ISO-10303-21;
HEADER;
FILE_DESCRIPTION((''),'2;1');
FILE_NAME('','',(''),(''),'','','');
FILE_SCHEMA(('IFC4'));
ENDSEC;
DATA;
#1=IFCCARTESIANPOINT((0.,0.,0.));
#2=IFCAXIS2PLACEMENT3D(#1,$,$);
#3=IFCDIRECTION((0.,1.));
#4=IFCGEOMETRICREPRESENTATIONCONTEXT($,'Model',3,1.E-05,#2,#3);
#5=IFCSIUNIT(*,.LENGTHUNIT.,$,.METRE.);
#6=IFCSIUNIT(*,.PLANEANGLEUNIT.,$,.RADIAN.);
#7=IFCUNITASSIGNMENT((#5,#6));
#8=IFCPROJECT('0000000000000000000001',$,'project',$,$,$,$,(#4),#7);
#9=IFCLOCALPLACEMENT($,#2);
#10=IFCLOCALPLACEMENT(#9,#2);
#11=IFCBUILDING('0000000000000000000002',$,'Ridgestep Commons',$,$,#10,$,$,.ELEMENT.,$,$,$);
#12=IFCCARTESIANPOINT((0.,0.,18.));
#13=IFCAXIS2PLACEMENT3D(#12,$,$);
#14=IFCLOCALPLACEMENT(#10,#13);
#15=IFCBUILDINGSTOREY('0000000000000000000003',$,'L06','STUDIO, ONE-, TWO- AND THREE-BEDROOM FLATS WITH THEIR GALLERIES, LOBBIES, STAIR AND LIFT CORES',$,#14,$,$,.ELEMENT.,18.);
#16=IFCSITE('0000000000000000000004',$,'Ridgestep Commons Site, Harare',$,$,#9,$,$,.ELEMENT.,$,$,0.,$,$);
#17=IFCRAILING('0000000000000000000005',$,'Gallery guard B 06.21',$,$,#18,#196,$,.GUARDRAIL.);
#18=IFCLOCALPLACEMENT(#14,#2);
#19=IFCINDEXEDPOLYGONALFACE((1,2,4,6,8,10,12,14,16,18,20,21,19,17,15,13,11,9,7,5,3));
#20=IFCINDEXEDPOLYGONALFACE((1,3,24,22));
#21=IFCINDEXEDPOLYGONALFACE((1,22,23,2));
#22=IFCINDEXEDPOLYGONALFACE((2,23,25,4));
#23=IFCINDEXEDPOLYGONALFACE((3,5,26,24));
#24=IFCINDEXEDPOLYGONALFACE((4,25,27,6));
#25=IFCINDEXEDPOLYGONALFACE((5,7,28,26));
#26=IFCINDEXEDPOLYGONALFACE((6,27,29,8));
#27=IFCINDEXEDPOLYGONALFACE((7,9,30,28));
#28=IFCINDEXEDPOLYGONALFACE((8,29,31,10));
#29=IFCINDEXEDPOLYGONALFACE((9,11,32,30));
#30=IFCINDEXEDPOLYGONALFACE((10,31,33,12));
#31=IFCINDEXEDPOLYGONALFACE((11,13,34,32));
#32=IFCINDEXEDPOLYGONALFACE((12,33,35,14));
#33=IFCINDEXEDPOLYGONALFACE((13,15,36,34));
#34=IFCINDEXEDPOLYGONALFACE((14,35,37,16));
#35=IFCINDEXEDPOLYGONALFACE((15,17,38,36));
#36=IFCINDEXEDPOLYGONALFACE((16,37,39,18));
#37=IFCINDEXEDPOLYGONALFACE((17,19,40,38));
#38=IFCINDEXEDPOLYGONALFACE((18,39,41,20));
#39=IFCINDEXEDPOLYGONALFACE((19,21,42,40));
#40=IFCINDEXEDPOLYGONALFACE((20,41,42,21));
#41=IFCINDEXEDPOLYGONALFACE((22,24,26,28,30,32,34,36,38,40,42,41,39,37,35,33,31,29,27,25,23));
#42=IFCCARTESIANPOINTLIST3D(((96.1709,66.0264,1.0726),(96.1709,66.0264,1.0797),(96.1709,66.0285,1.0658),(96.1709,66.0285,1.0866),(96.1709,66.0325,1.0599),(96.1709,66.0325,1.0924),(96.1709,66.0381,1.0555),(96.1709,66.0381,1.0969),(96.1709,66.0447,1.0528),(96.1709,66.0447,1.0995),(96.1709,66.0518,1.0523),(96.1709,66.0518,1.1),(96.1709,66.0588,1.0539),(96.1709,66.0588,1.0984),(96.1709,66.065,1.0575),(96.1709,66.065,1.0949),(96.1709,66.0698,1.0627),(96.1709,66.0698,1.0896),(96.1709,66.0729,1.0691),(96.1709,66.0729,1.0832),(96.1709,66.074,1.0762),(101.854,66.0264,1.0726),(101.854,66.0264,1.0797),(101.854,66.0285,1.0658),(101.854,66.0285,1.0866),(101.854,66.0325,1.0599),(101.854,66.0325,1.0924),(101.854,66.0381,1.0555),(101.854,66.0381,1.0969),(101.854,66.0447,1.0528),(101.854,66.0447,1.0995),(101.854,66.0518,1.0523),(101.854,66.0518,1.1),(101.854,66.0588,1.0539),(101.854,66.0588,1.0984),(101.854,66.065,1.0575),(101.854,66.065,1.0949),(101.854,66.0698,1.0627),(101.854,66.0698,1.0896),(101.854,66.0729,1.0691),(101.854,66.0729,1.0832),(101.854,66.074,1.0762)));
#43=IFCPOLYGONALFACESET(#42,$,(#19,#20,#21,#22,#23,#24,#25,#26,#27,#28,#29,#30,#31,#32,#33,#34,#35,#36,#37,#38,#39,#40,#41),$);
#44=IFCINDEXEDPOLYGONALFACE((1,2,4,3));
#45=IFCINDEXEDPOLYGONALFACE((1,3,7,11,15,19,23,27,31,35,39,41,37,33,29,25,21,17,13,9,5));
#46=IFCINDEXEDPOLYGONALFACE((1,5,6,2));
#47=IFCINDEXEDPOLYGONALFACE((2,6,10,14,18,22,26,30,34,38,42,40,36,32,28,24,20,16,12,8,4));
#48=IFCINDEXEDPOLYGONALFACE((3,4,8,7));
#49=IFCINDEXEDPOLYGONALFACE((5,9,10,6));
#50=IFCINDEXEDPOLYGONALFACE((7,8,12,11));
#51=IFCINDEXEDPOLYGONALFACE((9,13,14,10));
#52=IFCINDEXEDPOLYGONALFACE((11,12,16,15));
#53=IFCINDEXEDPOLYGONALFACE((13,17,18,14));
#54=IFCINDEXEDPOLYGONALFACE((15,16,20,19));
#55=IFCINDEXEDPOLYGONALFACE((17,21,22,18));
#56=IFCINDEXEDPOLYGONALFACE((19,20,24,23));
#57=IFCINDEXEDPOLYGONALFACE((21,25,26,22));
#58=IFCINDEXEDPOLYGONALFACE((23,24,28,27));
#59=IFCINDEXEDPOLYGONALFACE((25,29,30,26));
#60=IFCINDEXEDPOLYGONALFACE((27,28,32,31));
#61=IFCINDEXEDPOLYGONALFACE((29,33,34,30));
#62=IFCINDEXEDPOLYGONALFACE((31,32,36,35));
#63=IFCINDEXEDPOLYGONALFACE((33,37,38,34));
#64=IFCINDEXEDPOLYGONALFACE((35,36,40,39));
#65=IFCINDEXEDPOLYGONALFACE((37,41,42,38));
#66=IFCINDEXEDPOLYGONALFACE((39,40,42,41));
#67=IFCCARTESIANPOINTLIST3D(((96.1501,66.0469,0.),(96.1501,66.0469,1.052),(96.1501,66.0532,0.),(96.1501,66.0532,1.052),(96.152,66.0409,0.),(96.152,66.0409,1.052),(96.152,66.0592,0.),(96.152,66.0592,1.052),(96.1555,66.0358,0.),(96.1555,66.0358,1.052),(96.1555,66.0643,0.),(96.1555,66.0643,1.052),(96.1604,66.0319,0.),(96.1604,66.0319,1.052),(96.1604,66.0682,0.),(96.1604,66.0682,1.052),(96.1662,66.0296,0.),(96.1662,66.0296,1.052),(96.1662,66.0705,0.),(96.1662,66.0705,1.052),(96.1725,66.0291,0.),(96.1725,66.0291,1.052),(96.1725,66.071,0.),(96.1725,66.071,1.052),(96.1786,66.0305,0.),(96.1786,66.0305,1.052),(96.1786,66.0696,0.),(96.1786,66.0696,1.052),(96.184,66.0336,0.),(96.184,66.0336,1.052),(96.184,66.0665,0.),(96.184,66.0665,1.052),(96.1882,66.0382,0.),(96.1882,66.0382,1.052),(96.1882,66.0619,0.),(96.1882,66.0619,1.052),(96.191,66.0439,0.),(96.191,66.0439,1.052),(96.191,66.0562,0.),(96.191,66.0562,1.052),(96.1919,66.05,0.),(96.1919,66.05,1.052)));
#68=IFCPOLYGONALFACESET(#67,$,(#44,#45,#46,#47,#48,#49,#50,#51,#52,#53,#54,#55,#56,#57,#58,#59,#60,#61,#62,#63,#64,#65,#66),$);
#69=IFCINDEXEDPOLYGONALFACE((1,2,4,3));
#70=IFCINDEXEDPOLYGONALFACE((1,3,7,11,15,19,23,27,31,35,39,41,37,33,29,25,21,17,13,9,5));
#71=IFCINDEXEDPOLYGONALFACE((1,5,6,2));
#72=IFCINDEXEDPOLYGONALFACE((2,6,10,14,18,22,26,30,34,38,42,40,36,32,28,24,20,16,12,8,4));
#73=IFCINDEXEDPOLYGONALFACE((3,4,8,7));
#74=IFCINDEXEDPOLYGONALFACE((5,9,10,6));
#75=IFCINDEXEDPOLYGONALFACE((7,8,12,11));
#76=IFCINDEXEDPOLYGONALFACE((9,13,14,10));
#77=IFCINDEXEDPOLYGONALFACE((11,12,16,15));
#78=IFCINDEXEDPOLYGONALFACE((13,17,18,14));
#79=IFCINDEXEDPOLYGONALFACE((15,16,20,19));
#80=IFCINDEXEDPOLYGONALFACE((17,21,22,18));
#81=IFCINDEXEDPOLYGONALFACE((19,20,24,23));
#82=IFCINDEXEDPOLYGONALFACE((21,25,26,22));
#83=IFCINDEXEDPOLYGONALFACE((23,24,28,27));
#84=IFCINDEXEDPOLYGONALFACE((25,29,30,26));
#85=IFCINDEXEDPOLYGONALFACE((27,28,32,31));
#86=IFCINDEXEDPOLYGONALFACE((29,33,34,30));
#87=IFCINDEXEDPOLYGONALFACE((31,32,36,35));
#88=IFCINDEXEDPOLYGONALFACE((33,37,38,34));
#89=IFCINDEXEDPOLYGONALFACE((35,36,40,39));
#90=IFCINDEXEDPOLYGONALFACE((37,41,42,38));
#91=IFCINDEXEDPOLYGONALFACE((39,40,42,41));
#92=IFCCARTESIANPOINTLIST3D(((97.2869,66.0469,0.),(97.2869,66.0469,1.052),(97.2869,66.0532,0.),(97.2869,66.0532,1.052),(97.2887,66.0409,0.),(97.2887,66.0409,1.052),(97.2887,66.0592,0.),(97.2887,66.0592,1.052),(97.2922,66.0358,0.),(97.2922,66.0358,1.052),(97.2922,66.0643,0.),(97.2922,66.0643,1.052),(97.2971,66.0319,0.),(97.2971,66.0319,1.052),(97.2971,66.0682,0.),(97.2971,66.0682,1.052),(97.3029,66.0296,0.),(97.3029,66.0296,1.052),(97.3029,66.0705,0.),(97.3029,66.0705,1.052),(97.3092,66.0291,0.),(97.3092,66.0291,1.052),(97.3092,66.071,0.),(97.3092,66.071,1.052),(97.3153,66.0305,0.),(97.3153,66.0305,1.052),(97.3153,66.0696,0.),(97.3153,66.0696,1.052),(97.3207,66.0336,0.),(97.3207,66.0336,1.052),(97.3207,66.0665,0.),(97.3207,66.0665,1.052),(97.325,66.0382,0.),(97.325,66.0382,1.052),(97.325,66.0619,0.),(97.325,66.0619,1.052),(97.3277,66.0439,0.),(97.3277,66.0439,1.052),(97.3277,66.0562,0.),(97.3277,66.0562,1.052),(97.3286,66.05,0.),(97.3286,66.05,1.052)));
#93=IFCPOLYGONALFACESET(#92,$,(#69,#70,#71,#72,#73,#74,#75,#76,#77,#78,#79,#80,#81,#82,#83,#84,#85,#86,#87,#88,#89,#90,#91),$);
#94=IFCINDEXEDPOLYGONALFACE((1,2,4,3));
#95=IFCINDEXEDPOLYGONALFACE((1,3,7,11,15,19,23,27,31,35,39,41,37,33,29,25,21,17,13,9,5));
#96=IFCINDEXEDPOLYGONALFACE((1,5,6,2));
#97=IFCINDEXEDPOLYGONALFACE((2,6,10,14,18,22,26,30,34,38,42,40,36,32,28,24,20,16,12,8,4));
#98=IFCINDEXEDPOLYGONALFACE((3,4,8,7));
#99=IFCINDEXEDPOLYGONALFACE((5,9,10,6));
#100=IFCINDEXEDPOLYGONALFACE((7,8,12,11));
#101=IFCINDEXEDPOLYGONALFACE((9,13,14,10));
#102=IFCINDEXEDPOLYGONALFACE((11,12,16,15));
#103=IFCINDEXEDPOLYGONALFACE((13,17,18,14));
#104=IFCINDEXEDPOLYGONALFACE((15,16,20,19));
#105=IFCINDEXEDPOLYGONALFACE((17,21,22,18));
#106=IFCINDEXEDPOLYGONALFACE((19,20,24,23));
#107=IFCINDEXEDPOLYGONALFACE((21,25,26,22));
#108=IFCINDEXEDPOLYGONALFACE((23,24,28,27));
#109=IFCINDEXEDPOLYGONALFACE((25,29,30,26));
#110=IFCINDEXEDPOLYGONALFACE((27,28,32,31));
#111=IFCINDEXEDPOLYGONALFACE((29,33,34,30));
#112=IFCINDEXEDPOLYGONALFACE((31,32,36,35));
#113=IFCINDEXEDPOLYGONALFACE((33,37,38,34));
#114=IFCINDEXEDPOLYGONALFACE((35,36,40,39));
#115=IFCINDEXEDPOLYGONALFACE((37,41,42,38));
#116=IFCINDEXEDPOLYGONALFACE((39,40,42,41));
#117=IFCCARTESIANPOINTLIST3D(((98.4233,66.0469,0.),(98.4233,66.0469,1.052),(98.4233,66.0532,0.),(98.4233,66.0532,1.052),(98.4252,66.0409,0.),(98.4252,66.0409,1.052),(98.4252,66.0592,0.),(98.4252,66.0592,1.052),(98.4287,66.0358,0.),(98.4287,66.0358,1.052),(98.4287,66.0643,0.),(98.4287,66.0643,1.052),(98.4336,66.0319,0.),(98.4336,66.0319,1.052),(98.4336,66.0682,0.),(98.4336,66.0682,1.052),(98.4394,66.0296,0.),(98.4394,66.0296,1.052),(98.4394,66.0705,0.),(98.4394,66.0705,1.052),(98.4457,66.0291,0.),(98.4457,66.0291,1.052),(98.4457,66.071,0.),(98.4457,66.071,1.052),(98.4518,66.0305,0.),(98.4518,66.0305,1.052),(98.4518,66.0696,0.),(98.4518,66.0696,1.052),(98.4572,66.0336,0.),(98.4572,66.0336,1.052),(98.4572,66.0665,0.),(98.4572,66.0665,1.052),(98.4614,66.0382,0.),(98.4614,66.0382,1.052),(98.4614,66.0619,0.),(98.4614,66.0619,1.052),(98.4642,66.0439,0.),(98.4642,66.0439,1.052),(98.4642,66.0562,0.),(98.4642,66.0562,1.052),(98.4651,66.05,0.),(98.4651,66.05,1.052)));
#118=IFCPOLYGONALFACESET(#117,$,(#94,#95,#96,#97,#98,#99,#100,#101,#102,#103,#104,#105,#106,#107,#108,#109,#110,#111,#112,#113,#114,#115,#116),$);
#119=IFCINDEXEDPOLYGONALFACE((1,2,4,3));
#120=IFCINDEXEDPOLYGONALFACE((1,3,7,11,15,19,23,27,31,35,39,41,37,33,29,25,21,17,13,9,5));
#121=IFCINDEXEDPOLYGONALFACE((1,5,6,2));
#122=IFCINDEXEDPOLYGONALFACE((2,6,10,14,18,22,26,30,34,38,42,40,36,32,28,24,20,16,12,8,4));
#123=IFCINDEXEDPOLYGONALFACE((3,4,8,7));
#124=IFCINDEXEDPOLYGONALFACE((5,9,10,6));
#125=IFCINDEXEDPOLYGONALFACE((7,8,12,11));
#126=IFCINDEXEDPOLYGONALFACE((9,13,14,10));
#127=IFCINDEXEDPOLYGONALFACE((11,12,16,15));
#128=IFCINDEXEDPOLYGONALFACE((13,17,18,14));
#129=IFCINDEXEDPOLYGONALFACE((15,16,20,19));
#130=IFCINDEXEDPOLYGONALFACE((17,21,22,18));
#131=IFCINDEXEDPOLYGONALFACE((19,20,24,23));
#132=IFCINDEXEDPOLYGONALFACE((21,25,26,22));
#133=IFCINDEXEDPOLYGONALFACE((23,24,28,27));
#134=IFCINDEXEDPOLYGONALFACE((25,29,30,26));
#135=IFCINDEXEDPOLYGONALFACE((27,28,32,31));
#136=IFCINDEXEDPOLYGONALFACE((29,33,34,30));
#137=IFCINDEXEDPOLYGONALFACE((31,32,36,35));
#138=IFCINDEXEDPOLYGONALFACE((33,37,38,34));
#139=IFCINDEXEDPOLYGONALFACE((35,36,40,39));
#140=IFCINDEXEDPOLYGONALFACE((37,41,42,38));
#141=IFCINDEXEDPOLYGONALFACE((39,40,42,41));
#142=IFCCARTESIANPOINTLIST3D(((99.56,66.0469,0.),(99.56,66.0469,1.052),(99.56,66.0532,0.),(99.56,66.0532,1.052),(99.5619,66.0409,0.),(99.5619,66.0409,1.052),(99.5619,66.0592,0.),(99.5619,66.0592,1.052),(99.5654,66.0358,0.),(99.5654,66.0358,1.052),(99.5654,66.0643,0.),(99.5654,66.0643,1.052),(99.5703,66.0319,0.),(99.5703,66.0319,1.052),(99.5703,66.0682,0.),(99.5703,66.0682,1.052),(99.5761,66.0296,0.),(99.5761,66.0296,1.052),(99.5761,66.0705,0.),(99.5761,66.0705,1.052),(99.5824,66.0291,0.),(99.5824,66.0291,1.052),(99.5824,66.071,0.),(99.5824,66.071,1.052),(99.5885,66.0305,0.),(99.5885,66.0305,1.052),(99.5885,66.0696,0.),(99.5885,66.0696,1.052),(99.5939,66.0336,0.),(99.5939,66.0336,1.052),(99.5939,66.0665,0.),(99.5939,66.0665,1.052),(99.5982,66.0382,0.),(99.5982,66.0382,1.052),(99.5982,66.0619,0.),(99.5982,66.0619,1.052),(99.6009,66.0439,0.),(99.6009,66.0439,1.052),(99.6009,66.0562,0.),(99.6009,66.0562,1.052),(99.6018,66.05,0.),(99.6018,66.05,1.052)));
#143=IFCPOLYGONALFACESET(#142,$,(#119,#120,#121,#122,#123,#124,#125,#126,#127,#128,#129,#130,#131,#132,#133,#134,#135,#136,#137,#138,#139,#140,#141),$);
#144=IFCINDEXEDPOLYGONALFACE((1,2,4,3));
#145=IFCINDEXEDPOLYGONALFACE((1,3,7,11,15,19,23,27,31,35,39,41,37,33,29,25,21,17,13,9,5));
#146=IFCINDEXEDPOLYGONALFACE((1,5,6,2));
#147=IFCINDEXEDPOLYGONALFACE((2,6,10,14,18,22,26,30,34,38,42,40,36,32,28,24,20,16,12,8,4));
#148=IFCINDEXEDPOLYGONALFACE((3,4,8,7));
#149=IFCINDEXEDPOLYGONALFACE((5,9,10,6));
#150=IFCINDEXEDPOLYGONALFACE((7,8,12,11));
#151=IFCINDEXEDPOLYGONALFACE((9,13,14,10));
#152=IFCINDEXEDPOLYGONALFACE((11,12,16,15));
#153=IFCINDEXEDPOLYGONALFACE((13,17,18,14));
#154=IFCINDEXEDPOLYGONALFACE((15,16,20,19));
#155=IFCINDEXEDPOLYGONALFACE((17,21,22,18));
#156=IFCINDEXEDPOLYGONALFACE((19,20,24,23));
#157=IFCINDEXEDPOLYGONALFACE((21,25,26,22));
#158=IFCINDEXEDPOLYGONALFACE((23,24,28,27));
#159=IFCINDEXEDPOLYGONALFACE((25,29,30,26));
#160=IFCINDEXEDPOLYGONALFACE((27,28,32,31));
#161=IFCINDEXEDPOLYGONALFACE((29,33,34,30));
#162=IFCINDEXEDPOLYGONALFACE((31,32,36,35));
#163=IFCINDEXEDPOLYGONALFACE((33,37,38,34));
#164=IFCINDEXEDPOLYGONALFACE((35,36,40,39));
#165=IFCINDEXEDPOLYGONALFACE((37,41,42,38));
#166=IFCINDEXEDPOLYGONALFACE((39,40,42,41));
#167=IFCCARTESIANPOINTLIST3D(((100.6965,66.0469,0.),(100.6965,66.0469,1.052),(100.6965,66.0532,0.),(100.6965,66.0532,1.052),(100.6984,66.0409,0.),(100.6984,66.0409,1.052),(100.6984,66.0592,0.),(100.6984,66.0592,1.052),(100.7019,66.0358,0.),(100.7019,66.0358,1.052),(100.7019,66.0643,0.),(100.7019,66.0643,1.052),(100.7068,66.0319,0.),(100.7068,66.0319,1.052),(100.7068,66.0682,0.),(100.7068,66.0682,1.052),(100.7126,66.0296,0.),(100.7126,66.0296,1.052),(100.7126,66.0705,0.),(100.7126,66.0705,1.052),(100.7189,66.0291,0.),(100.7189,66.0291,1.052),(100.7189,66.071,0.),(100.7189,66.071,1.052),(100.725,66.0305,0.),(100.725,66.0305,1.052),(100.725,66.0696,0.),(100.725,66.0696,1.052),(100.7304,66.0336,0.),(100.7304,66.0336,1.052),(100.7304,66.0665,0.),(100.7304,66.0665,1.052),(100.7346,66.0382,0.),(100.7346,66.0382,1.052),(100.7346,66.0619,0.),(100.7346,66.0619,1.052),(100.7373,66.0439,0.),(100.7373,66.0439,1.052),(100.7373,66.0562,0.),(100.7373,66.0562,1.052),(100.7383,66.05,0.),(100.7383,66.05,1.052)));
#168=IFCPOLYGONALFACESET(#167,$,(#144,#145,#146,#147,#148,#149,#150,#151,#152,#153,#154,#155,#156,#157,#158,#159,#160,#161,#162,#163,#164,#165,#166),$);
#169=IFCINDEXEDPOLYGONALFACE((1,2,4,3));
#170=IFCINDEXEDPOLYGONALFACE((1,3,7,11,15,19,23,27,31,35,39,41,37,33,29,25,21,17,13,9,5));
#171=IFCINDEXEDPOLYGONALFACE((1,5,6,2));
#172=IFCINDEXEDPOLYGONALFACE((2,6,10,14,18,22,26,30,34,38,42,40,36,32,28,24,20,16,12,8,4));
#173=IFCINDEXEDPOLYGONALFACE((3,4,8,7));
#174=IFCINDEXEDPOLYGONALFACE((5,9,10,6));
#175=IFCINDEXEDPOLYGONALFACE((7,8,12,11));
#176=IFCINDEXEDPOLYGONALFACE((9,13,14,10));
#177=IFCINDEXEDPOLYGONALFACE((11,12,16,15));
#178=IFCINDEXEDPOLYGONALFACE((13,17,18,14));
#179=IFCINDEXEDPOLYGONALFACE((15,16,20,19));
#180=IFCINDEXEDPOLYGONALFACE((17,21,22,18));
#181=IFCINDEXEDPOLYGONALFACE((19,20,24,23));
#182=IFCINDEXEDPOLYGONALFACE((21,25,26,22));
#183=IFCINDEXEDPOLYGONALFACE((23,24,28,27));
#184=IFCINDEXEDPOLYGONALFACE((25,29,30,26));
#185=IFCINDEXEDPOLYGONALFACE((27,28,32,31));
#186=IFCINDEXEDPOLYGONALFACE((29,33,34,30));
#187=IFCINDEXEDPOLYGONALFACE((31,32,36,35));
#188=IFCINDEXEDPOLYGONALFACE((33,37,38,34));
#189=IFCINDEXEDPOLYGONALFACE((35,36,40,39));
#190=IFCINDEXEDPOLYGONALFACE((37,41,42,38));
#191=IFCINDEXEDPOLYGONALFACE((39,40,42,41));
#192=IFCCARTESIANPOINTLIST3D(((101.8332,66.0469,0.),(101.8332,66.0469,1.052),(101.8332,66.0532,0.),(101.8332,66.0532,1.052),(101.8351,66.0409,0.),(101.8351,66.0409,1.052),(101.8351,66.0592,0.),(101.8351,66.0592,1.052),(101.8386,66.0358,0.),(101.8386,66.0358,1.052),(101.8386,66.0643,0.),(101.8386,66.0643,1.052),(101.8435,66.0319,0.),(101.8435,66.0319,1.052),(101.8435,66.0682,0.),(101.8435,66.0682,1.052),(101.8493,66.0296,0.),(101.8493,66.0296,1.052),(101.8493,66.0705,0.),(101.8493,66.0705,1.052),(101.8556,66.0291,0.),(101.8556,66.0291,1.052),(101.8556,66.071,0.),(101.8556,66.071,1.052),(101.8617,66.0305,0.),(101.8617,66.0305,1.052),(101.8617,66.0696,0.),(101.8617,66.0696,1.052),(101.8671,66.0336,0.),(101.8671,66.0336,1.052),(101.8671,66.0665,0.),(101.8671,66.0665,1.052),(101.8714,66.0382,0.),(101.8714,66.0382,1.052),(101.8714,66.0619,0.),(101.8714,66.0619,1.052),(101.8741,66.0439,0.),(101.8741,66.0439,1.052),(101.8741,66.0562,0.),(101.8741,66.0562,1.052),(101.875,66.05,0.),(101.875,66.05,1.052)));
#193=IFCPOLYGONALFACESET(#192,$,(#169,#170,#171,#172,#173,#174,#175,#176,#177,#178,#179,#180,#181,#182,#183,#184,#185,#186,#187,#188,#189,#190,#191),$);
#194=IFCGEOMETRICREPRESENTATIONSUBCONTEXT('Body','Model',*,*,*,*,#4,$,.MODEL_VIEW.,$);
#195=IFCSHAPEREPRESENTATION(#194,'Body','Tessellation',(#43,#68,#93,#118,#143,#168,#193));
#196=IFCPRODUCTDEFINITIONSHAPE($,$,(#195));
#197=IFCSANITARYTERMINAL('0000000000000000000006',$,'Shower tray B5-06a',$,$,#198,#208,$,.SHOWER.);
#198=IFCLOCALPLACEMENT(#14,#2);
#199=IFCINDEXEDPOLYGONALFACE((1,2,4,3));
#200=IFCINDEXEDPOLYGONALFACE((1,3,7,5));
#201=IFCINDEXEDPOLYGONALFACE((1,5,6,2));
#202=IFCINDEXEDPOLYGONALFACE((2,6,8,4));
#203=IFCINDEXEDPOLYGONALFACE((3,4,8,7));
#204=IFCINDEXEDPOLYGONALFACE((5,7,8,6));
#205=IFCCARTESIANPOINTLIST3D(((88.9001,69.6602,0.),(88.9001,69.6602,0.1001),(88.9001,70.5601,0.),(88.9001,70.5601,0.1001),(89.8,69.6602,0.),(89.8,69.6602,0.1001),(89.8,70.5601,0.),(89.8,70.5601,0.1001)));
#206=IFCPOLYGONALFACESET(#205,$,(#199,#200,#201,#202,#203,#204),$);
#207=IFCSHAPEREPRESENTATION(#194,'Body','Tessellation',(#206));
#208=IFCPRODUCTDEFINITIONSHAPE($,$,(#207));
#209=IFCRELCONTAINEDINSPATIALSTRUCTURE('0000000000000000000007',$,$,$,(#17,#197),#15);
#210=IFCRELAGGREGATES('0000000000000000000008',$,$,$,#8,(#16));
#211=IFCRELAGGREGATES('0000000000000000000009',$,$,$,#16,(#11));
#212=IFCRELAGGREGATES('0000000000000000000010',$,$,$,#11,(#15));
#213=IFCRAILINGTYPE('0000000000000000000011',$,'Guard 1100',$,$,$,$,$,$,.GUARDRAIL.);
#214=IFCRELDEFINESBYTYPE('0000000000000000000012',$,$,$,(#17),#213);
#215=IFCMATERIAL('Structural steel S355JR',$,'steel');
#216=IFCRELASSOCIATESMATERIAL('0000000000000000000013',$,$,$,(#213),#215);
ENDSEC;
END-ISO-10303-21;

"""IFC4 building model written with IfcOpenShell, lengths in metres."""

from ifc_helpers import new_model, si_unit, direction, frame, origin, origin_2d, place, context, subcontext, project, spatial, rectangle, circle, extrude, material, type_object, element, save


model = new_model("IFC4")

# Units and contexts
model_context = context("Model", 3, precision=1e-05, world=origin(), true_north=direction((0.0, 1.0)))
body_context = subcontext(model_context, "Body", "Model", "MODEL_VIEW")
ifc_project = project(units=[si_unit("LENGTHUNIT", "METRE"), si_unit("PLANEANGLEUNIT", "RADIAN")], contexts=[model_context])

# Site, building, storey
site_placement = place(None, origin())
site = spatial("IfcSite", under=ifc_project, at=site_placement, Name="Ridgestep Commons Site, Harare", CompositionType="ELEMENT", RefElevation=0.0)
building_placement = place(site_placement, origin())
building = spatial("IfcBuilding", under=site, at=building_placement, Name="Ridgestep Commons", CompositionType="ELEMENT")
storey_placement = place(building_placement, frame((0.0, 0.0, 18.0)))
storey = spatial("IfcBuildingStorey", under=building, at=storey_placement, Name="L06", Description="STUDIO, ONE-, TWO- AND THREE-BEDROOM FLATS WITH THEIR GALLERIES, LOBBIES, STAIR AND LIFT CORES", CompositionType="ELEMENT", Elevation=18.0)

# Railing
ifc_material_1 = material(Name="Structural steel S355JR", Category="steel")
railing_type = type_object("IfcRailingType", Name="Guard 1100", PredefinedType="GUARDRAIL", material=ifc_material_1)
railing_1_placement = place(storey_placement, frame((96.1709, 66.05, 0.0)))
element("IfcRailing", 1, at=railing_1_placement, inside=storey, type_object=railing_type, Name="Gallery guard B 06.21", PredefinedType="GUARDRAIL", context=body_context, shape_type="SweptSolid", body=[
    extrude(circle(Radius=0.0239, at=origin_2d()), frame((0.0, 0.0, 1.0762), z_axis=(1.0, 0.0, 0.0), x_axis=(0.0, 1.0, 0.0)), (0.0, 0.0, 1.0), 5.6831),
    extrude(circle(Radius=0.021, at=origin_2d()), origin(), (0.0, 0.0, 1.0), 1.052),
    extrude(circle(Radius=0.021, at=origin_2d()), frame((1.1367, 0.0, 0.0)), (0.0, 0.0, 1.0), 1.052),
    extrude(circle(Radius=0.021, at=origin_2d()), frame((2.2732, 0.0, 0.0)), (0.0, 0.0, 1.0), 1.052),
    extrude(circle(Radius=0.021, at=origin_2d()), frame((3.4099, 0.0, 0.0)), (0.0, 0.0, 1.0), 1.052),
    extrude(circle(Radius=0.021, at=origin_2d()), frame((4.5464, 0.0, 0.0)), (0.0, 0.0, 1.0), 1.052),
    extrude(circle(Radius=0.021, at=origin_2d()), frame((5.6831, 0.0, 0.0)), (0.0, 0.0, 1.0), 1.052),
])

# Sanitary terminal
sanitary_terminal_placement = place(storey_placement, frame((89.3501, 70.1101, 0.0), z_axis=(0.0, 0.0, 1.0), x_axis=(1.0, 0.0, 0.0)))
element("IfcSanitaryTerminal", 2, at=sanitary_terminal_placement, inside=storey, Name="Shower tray B5-06a", PredefinedType="SHOWER", context=body_context, shape_type="SweptSolid", body=[
    extrude(rectangle(XDim=0.8999, YDim=0.8999, at=origin_2d()), origin(), (0.0, 0.0, 1.0), 0.1001),
])

save(model, "model.ifc")
